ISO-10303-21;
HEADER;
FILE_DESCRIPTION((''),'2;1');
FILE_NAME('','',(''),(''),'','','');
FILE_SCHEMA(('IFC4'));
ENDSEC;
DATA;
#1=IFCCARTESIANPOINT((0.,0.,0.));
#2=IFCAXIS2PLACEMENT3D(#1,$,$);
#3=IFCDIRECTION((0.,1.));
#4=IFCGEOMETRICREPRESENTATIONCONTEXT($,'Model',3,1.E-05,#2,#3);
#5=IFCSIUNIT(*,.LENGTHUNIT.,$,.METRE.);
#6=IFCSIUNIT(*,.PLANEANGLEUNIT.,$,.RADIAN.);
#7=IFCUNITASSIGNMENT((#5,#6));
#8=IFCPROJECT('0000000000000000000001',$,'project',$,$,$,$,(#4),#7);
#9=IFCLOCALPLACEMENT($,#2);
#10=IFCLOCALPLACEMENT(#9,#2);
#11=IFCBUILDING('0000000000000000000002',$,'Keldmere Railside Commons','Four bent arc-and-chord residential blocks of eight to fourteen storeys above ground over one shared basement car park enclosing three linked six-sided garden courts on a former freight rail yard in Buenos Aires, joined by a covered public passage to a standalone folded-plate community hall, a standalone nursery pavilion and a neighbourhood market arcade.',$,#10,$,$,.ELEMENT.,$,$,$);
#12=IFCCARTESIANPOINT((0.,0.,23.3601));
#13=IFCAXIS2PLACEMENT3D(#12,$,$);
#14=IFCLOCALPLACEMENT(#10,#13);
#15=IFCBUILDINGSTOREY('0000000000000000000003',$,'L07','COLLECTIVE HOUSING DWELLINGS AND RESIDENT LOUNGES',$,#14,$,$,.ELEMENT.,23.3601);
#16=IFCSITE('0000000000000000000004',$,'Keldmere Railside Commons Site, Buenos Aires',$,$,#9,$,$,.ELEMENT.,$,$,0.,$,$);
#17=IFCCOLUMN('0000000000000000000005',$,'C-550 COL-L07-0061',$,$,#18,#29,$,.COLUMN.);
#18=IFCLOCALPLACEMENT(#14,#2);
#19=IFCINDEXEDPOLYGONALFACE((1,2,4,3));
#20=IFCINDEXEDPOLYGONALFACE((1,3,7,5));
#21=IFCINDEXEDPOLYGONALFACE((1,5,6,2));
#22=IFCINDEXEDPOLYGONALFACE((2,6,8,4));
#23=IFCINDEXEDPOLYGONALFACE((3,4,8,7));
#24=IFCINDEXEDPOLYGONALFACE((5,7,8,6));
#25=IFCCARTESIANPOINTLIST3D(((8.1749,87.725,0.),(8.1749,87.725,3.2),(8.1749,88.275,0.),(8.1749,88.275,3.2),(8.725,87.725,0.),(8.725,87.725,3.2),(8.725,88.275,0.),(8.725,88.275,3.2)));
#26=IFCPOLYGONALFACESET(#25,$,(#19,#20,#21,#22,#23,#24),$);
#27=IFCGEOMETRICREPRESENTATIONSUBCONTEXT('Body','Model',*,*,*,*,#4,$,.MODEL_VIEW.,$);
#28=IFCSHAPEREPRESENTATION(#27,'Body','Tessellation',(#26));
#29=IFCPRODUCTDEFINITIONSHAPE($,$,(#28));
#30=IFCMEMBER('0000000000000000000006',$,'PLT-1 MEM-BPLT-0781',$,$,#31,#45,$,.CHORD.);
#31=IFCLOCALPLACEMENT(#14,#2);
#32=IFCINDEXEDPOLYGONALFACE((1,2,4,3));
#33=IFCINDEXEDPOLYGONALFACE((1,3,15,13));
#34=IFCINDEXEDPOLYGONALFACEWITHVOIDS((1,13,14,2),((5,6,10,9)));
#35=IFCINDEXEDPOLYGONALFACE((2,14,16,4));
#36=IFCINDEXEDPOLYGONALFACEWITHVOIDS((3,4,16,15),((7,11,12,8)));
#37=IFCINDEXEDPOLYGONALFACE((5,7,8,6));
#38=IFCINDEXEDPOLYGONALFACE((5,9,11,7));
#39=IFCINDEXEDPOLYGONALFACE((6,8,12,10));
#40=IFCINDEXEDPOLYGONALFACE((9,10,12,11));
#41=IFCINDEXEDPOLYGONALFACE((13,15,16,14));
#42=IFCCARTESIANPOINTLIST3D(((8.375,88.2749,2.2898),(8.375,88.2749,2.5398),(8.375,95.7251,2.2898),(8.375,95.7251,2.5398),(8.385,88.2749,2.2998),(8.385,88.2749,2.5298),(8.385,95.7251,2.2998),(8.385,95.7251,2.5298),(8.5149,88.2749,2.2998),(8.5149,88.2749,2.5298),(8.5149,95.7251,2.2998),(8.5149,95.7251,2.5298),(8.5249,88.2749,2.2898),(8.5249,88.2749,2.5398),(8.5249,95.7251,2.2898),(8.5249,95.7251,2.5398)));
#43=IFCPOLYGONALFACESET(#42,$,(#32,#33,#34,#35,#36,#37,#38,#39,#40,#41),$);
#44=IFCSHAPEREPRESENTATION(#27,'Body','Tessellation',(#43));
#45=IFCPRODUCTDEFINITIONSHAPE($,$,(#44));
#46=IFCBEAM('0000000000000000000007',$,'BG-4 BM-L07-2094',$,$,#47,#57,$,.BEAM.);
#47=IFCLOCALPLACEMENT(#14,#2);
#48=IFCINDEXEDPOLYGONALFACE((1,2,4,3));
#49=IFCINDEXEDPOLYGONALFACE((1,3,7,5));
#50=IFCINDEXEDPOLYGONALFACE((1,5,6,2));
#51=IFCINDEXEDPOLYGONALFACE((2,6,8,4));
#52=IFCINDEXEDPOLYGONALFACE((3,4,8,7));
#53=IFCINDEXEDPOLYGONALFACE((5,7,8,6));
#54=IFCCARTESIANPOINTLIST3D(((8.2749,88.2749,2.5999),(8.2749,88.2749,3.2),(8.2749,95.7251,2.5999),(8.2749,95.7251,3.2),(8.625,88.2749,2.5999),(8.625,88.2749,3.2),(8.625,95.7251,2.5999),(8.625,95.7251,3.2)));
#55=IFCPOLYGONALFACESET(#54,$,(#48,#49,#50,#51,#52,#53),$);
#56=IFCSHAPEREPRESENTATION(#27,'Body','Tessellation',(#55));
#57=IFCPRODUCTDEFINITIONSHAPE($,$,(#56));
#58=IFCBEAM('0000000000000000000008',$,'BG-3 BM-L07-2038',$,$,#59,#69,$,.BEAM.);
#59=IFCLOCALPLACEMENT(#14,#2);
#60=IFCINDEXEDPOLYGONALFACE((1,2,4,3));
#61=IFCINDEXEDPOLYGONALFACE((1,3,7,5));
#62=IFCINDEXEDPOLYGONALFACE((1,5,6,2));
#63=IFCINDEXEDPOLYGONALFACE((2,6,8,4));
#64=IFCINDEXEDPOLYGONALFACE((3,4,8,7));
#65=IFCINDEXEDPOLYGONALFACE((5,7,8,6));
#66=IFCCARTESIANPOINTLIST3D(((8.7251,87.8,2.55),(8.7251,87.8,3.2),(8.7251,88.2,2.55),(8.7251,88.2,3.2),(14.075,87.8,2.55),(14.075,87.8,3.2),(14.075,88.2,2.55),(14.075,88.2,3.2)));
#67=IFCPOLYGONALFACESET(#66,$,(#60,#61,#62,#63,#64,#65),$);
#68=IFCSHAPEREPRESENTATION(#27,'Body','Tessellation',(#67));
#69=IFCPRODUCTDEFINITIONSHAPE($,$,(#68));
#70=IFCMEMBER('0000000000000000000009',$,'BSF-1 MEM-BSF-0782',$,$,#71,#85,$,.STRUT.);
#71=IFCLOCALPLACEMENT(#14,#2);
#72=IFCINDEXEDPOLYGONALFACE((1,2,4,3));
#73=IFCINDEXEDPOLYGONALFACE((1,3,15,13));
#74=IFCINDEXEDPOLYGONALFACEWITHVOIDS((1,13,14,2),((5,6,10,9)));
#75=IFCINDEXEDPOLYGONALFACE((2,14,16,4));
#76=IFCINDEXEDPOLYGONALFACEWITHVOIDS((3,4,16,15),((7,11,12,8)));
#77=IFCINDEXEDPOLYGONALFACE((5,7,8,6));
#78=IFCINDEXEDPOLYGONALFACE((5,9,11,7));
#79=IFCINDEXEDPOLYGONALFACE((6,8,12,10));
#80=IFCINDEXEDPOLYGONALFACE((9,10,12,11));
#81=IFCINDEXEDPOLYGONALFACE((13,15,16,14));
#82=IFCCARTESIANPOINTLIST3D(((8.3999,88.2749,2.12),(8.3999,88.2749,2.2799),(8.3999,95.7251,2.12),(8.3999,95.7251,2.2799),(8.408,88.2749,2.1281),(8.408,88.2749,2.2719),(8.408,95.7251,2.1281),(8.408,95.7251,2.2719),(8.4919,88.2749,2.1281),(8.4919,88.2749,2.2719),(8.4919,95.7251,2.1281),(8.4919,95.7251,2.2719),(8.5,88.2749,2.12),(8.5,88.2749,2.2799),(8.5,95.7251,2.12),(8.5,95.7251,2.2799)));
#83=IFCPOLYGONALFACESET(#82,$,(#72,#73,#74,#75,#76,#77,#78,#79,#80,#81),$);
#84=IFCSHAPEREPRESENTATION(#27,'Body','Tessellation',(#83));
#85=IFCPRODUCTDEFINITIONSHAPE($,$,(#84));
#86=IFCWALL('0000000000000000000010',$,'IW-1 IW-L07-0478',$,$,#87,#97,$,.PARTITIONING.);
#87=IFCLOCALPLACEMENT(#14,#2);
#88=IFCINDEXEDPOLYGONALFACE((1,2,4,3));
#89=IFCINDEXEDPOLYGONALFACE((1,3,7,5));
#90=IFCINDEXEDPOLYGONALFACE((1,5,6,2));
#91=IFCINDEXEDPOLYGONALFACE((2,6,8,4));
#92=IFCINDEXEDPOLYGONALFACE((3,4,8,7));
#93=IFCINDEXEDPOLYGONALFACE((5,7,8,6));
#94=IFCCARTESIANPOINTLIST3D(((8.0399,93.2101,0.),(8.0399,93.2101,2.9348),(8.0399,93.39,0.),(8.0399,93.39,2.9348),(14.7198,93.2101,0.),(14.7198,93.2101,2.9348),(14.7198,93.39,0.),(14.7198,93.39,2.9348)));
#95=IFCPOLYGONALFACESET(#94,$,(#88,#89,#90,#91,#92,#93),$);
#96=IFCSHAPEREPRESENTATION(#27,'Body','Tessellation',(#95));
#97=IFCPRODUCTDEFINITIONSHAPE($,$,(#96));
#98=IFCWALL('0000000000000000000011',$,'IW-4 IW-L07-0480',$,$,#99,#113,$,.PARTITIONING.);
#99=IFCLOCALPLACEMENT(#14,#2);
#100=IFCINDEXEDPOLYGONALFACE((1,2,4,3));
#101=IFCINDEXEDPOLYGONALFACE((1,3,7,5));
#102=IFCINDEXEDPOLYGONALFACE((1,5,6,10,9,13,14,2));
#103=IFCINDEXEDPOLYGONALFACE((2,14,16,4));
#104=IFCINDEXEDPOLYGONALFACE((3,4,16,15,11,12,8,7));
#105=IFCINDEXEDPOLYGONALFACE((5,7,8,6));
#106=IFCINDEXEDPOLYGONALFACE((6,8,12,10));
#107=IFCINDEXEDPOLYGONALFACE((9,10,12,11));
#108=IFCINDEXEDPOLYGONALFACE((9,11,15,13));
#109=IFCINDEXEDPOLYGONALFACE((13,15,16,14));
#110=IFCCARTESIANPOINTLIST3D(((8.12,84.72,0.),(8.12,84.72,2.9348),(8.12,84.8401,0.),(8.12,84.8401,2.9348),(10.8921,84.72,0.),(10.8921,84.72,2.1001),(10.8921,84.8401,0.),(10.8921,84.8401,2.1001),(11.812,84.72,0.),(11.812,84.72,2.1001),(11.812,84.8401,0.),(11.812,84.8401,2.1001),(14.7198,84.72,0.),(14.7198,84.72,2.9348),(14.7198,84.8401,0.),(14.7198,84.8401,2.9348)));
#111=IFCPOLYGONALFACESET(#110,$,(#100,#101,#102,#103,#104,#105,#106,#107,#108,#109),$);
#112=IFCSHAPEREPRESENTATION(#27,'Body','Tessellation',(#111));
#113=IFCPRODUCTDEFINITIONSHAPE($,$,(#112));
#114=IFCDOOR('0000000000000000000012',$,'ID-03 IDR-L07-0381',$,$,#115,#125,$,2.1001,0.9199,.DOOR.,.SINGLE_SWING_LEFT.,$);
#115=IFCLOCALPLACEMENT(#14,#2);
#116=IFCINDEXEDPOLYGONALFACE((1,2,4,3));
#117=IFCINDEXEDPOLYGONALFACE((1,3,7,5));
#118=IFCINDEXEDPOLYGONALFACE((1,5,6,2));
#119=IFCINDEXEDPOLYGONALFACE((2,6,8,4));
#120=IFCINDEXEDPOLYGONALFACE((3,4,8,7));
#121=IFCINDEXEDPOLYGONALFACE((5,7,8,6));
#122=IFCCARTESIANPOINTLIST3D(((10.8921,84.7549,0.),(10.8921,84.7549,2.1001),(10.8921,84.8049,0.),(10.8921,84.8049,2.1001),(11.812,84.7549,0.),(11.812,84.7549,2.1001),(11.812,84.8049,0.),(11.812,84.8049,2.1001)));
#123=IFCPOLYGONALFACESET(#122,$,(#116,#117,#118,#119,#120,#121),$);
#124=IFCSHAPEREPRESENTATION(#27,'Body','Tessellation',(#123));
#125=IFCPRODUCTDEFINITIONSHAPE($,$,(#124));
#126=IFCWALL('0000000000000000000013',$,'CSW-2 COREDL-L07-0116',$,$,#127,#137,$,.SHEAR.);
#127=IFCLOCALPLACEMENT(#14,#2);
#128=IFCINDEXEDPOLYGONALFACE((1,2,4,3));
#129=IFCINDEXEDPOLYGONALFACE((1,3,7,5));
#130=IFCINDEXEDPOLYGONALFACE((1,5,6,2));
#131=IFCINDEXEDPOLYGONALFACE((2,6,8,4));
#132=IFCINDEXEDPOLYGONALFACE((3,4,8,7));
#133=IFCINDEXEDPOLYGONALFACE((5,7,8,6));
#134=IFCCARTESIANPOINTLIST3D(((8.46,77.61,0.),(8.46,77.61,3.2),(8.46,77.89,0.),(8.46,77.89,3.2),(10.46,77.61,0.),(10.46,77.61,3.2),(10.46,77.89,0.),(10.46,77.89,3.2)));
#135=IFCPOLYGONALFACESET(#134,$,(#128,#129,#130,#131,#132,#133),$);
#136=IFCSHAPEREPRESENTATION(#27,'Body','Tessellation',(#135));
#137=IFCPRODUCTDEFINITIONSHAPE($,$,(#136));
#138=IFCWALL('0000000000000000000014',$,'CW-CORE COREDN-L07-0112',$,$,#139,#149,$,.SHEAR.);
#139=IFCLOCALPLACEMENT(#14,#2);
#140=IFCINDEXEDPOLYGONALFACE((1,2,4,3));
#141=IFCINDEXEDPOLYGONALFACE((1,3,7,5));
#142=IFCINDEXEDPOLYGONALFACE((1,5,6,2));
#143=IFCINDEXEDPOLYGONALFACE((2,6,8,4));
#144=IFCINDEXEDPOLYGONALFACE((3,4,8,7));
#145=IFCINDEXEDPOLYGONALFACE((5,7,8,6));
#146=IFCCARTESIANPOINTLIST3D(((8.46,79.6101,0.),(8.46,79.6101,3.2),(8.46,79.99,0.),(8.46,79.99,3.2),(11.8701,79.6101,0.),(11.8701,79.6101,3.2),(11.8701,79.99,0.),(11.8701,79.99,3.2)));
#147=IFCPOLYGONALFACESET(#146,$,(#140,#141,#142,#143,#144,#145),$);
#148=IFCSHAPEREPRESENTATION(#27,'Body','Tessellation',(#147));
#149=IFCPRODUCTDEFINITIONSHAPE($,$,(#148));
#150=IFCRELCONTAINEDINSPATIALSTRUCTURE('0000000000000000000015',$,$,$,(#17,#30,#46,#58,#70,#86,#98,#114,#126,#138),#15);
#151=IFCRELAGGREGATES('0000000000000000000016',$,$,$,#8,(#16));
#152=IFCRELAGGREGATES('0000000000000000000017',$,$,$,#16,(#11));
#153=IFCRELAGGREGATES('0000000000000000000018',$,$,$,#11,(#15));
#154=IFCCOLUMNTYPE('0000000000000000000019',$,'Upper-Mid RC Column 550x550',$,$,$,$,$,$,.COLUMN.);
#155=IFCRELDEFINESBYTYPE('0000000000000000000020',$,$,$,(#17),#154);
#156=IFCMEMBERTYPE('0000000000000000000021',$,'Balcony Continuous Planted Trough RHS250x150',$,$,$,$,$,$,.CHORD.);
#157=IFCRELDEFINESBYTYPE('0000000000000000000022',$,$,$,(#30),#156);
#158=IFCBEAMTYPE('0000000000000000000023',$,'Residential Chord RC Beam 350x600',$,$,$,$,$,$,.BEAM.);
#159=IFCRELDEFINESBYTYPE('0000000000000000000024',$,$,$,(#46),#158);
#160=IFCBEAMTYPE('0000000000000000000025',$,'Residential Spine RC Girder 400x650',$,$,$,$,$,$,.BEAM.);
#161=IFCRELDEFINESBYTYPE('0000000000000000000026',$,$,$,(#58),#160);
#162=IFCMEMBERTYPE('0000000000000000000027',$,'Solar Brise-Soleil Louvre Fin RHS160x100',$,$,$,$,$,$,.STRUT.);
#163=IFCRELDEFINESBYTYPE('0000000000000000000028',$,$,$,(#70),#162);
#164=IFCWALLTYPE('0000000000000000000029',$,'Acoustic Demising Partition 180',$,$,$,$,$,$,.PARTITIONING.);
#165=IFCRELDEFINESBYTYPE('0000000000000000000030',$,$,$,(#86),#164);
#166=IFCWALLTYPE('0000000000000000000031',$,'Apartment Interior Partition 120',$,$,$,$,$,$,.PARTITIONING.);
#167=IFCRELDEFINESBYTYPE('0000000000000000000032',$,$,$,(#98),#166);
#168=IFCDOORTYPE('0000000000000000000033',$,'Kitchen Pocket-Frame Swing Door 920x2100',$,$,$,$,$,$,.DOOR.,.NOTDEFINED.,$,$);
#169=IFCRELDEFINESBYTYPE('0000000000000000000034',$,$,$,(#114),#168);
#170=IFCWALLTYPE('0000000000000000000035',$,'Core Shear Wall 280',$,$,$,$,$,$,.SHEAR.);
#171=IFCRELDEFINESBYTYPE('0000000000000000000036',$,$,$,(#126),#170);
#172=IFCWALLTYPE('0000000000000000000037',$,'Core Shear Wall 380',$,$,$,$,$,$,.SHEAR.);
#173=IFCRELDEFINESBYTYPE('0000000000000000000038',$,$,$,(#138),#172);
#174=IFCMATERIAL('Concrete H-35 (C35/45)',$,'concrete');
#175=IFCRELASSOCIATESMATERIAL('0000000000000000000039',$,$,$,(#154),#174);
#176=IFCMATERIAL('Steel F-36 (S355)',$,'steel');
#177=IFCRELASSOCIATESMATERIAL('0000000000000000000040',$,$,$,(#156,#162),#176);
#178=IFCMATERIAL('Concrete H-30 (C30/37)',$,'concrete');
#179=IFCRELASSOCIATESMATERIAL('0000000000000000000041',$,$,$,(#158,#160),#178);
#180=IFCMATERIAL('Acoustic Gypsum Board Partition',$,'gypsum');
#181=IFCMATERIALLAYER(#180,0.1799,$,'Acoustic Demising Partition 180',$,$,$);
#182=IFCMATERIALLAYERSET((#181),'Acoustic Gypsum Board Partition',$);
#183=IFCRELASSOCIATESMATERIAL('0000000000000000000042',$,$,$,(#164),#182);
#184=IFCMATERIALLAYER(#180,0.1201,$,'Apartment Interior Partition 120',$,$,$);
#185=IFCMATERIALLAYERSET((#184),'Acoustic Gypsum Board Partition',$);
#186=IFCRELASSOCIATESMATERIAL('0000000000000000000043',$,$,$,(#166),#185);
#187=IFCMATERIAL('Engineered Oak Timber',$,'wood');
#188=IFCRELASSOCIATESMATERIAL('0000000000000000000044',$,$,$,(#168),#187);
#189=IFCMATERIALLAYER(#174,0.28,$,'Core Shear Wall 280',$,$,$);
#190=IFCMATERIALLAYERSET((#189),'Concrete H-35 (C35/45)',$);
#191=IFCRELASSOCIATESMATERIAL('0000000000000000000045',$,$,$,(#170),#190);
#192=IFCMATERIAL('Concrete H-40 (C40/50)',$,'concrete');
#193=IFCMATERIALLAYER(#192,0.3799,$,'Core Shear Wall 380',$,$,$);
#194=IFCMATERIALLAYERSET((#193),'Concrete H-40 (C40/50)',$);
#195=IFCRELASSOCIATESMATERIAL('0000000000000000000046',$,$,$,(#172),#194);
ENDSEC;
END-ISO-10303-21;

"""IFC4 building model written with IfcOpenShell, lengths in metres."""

from ifc_helpers import new_model, si_unit, direction, frame, frame_2d, origin, origin_2d, place, context, subcontext, project, spatial, rectangle, hollow_rectangle, extrude, material, layer, layer_set, material_profile, profile_set, type_object, element, fill, save


model = new_model("IFC4")

# Units and contexts
model_context = context("Model", 3, precision=1e-05, world=origin(), true_north=direction((0.0, 1.0)))
body_context = subcontext(model_context, "Body", "Model", "MODEL_VIEW")
ifc_project = project(units=[si_unit("LENGTHUNIT", "METRE"), si_unit("PLANEANGLEUNIT", "RADIAN")], contexts=[model_context])

# Site, building, storey
site_placement = place(None, origin())
site = spatial("IfcSite", under=ifc_project, at=site_placement, Name="Keldmere Railside Commons Site, Buenos Aires", CompositionType="ELEMENT", RefElevation=0.0)
building_placement = place(site_placement, origin())
building = spatial("IfcBuilding", under=site, at=building_placement, Name="Keldmere Railside Commons", Description="Four bent arc-and-chord residential blocks of eight to fourteen storeys above ground over one shared basement car park enclosing three linked six-sided garden courts on a former freight rail yard in Buenos Aires, joined by a covered public passage to a standalone folded-plate community hall, a standalone nursery pavilion and a neighbourhood market arcade.", CompositionType="ELEMENT")
storey_placement = place(building_placement, frame((0.0, 0.0, 23.3601)))
storey = spatial("IfcBuildingStorey", under=building, at=storey_placement, Name="L07", Description="COLLECTIVE HOUSING DWELLINGS AND RESIDENT LOUNGES", CompositionType="ELEMENT", Elevation=23.3601)

# Column
ifc_material_1 = material(Name="Concrete H-35 (C35/45)", Category="concrete")
ifc_material_profile_1 = material_profile(ifc_material_1, rectangle(XDim=0.55, YDim=0.55, at=origin_2d()), Name="RC-550x550")
ifc_profile_set_1 = profile_set([ifc_material_profile_1], Name="Concrete H-35 (C35/45)")
column_type = type_object("IfcColumnType", Name="Upper-Mid RC Column 550x550", PredefinedType="COLUMN", material=ifc_profile_set_1)
column_placement = place(storey_placement, frame((8.45, 88.0, 0.0), z_axis=(0.0, 0.0, 1.0), x_axis=(1.0, 0.0, 0.0)))
element("IfcColumn", 1, at=column_placement, inside=storey, type_object=column_type, Name="C-550 COL-L07-0061", PredefinedType="COLUMN", context=body_context, shape_type="SweptSolid", body=[
    extrude(rectangle(XDim=0.55, YDim=0.55, at=origin_2d()), origin(), (0.0, 0.0, 1.0), 3.2),
])

# Member
ifc_material_2 = material(Name="Steel F-36 (S355)", Category="steel")
ifc_material_profile_2 = material_profile(ifc_material_2, hollow_rectangle(XDim=0.1499, YDim=0.25, WallThickness=0.01, at=origin_2d()), Name="RHS-250x150x10")
ifc_profile_set_2 = profile_set([ifc_material_profile_2], Name="Steel F-36 (S355)")
member_type_1 = type_object("IfcMemberType", Name="Balcony Continuous Planted Trough RHS250x150", PredefinedType="CHORD", material=ifc_profile_set_2)
member_1_placement = place(storey_placement, frame((8.45, 88.2749, 2.4148), z_axis=(0.0, 1.0, 0.0), x_axis=(-1.0, 0.0, 0.0)))
element("IfcMember", 2, at=member_1_placement, inside=storey, type_object=member_type_1, Name="PLT-1 MEM-BPLT-0781", PredefinedType="CHORD", context=body_context, shape_type="SweptSolid", body=[
    extrude(hollow_rectangle(XDim=0.1499, YDim=0.25, WallThickness=0.01, at=origin_2d()), origin(), (0.0, 0.0, 1.0), 7.4502),
])

# Beams
ifc_material_3 = material(Name="Concrete H-30 (C30/37)", Category="concrete")
ifc_material_profile_3 = material_profile(ifc_material_3, rectangle(XDim=0.3501, YDim=0.6001, at=origin_2d()), Name="RC-350x600")
ifc_profile_set_3 = profile_set([ifc_material_profile_3], Name="Concrete H-30 (C30/37)")
beam_type_1 = type_object("IfcBeamType", Name="Residential Chord RC Beam 350x600", PredefinedType="BEAM", material=ifc_profile_set_3)
beam_1_placement = place(storey_placement, frame((8.45, 88.2749, 2.8999), z_axis=(0.0, 1.0, 0.0), x_axis=(-1.0, 0.0, 0.0)))
element("IfcBeam", 3, at=beam_1_placement, inside=storey, type_object=beam_type_1, Name="BG-4 BM-L07-2094", PredefinedType="BEAM", context=body_context, shape_type="SweptSolid", body=[
    extrude(rectangle(XDim=0.3501, YDim=0.6001, at=origin_2d()), origin(), (0.0, 0.0, 1.0), 7.4502),
])
ifc_material_profile_4 = material_profile(ifc_material_3, rectangle(XDim=0.3999, YDim=0.6499, at=origin_2d()), Name="RC-400x650")
ifc_profile_set_4 = profile_set([ifc_material_profile_4], Name="Concrete H-30 (C30/37)")
beam_type_2 = type_object("IfcBeamType", Name="Residential Spine RC Girder 400x650", PredefinedType="BEAM", material=ifc_profile_set_4)
beam_2_placement = place(storey_placement, frame((8.7251, 88.0, 2.875), z_axis=(1.0, 0.0, 0.0), x_axis=(0.0, 1.0, 0.0)))
element("IfcBeam", 4, at=beam_2_placement, inside=storey, type_object=beam_type_2, Name="BG-3 BM-L07-2038", PredefinedType="BEAM", context=body_context, shape_type="SweptSolid", body=[
    extrude(rectangle(XDim=0.3999, YDim=0.6499, at=origin_2d()), origin(), (0.0, 0.0, 1.0), 5.3499),
])

# Member
ifc_material_profile_5 = material_profile(ifc_material_2, hollow_rectangle(XDim=0.1001, YDim=0.1599, WallThickness=0.0081, at=origin_2d()), Name="RHS-160x100x8")
ifc_profile_set_5 = profile_set([ifc_material_profile_5], Name="Steel F-36 (S355)")
member_type_2 = type_object("IfcMemberType", Name="Solar Brise-Soleil Louvre Fin RHS160x100", PredefinedType="STRUT", material=ifc_profile_set_5)
member_2_placement = place(storey_placement, frame((8.45, 88.2749, 2.2), z_axis=(0.0, 1.0, 0.0), x_axis=(-1.0, 0.0, 0.0)))
element("IfcMember", 5, at=member_2_placement, inside=storey, type_object=member_type_2, Name="BSF-1 MEM-BSF-0782", PredefinedType="STRUT", context=body_context, shape_type="SweptSolid", body=[
    extrude(hollow_rectangle(XDim=0.1001, YDim=0.1599, WallThickness=0.0081, at=origin_2d()), origin(), (0.0, 0.0, 1.0), 7.4502),
])

# Wall
ifc_material_4 = material(Name="Acoustic Gypsum Board Partition", Category="gypsum")
ifc_layer_1 = layer(ifc_material_4, 0.1799, Name="Acoustic Demising Partition 180")
ifc_layer_set_1 = layer_set([ifc_layer_1], Name="Acoustic Gypsum Board Partition")
wall_type_1 = type_object("IfcWallType", Name="Acoustic Demising Partition 180", PredefinedType="PARTITIONING", material=ifc_layer_set_1)
wall_1_placement = place(storey_placement, frame((8.04, 93.3, 0.0), z_axis=(0.0, 0.0, 1.0), x_axis=(1.0, 0.0, 0.0)))
element("IfcWall", 6, at=wall_1_placement, inside=storey, type_object=wall_type_1, Name="IW-1 IW-L07-0478", PredefinedType="PARTITIONING", context=body_context, shape_type="SweptSolid", body=[
    extrude(rectangle(XDim=6.6799, YDim=0.1799, at=frame_2d((3.3398, 0.0))), origin(), (0.0, 0.0, 1.0), 2.9348),
])

# Wall, opening, door
ifc_layer_2 = layer(ifc_material_4, 0.1201, Name="Apartment Interior Partition 120")
ifc_layer_set_2 = layer_set([ifc_layer_2], Name="Acoustic Gypsum Board Partition")
wall_type_2 = type_object("IfcWallType", Name="Apartment Interior Partition 120", PredefinedType="PARTITIONING", material=ifc_layer_set_2)
wall_2_placement = place(storey_placement, frame((8.1201, 84.78, 0.0), z_axis=(0.0, 0.0, 1.0), x_axis=(1.0, 0.0, 0.0)))
wall_2 = element("IfcWall", 7, at=wall_2_placement, inside=storey, type_object=wall_type_2, Name="IW-4 IW-L07-0480", PredefinedType="PARTITIONING", context=body_context, shape_type="SweptSolid", body=[
    extrude(rectangle(XDim=6.5999, YDim=0.1201, at=frame_2d((3.2998, 0.0))), origin(), (0.0, 0.0, 1.0), 2.9348),
])
opening_1_placement = place(wall_2_placement, frame((2.772, 0.0, 0.0)))
opening_1 = element("IfcOpeningElement", 8, at=opening_1_placement, cuts=wall_2, PredefinedType="OPENING", context=body_context, shape_type="SweptSolid", body=[
    extrude(rectangle(XDim=0.9199, YDim=2.1001, at=frame_2d((0.46, 1.05))), frame((0.0, 0.0701, 0.0), z_axis=(0.0, -1.0, 0.0), x_axis=(1.0, 0.0, 0.0)), (0.0, 0.0, 1.0), 0.1401),
])
ifc_material_5 = material(Name="Engineered Oak Timber", Category="wood")
door_type_1 = type_object("IfcDoorType", Name="Kitchen Pocket-Frame Swing Door 920x2100", OperationType="NOTDEFINED", PredefinedType="DOOR", material=ifc_material_5)
door_1_placement = place(opening_1_placement, origin())
door_1 = element("IfcDoor", 9, at=door_1_placement, inside=storey, type_object=door_type_1, Name="ID-03 IDR-L07-0381", OperationType="SINGLE_SWING_LEFT", OverallHeight=2.1001, OverallWidth=0.9199, PredefinedType="DOOR", context=body_context, shape_type="SweptSolid", body=[
    extrude(rectangle(XDim=0.9199, YDim=2.1001, at=frame_2d((0.46, 1.05))), frame((0.0, 0.0249, 0.0), z_axis=(0.0, -1.0, 0.0), x_axis=(1.0, 0.0, 0.0)), (0.0, 0.0, 1.0), 0.05),
])
fill(opening_1, door_1)

# Walls
ifc_layer_3 = layer(ifc_material_1, 0.28, Name="Core Shear Wall 280")
ifc_layer_set_3 = layer_set([ifc_layer_3], Name="Concrete H-35 (C35/45)")
wall_type_3 = type_object("IfcWallType", Name="Core Shear Wall 280", PredefinedType="SHEAR", material=ifc_layer_set_3)
wall_3_placement = place(storey_placement, frame((8.46, 77.75, 0.0), z_axis=(0.0, 0.0, 1.0), x_axis=(1.0, 0.0, 0.0)))
element("IfcWall", 10, at=wall_3_placement, inside=storey, type_object=wall_type_3, Name="CSW-2 COREDL-L07-0116", PredefinedType="SHEAR", context=body_context, shape_type="SweptSolid", body=[
    extrude(rectangle(XDim=2.0, YDim=0.28, at=frame_2d((1.0, 0.0))), origin(), (0.0, 0.0, 1.0), 3.2),
])
ifc_material_6 = material(Name="Concrete H-40 (C40/50)", Category="concrete")
ifc_layer_4 = layer(ifc_material_6, 0.3799, Name="Core Shear Wall 380")
ifc_layer_set_4 = layer_set([ifc_layer_4], Name="Concrete H-40 (C40/50)")
wall_type_4 = type_object("IfcWallType", Name="Core Shear Wall 380", PredefinedType="SHEAR", material=ifc_layer_set_4)
wall_4_placement = place(storey_placement, frame((8.46, 79.8, 0.0), z_axis=(0.0, 0.0, 1.0), x_axis=(1.0, 0.0, 0.0)))
element("IfcWall", 11, at=wall_4_placement, inside=storey, type_object=wall_type_4, Name="CW-CORE COREDN-L07-0112", PredefinedType="SHEAR", context=body_context, shape_type="SweptSolid", body=[
    extrude(rectangle(XDim=3.4102, YDim=0.3799, at=frame_2d((1.7051, 0.0))), origin(), (0.0, 0.0, 1.0), 3.2),
])

save(model, "model.ifc")
